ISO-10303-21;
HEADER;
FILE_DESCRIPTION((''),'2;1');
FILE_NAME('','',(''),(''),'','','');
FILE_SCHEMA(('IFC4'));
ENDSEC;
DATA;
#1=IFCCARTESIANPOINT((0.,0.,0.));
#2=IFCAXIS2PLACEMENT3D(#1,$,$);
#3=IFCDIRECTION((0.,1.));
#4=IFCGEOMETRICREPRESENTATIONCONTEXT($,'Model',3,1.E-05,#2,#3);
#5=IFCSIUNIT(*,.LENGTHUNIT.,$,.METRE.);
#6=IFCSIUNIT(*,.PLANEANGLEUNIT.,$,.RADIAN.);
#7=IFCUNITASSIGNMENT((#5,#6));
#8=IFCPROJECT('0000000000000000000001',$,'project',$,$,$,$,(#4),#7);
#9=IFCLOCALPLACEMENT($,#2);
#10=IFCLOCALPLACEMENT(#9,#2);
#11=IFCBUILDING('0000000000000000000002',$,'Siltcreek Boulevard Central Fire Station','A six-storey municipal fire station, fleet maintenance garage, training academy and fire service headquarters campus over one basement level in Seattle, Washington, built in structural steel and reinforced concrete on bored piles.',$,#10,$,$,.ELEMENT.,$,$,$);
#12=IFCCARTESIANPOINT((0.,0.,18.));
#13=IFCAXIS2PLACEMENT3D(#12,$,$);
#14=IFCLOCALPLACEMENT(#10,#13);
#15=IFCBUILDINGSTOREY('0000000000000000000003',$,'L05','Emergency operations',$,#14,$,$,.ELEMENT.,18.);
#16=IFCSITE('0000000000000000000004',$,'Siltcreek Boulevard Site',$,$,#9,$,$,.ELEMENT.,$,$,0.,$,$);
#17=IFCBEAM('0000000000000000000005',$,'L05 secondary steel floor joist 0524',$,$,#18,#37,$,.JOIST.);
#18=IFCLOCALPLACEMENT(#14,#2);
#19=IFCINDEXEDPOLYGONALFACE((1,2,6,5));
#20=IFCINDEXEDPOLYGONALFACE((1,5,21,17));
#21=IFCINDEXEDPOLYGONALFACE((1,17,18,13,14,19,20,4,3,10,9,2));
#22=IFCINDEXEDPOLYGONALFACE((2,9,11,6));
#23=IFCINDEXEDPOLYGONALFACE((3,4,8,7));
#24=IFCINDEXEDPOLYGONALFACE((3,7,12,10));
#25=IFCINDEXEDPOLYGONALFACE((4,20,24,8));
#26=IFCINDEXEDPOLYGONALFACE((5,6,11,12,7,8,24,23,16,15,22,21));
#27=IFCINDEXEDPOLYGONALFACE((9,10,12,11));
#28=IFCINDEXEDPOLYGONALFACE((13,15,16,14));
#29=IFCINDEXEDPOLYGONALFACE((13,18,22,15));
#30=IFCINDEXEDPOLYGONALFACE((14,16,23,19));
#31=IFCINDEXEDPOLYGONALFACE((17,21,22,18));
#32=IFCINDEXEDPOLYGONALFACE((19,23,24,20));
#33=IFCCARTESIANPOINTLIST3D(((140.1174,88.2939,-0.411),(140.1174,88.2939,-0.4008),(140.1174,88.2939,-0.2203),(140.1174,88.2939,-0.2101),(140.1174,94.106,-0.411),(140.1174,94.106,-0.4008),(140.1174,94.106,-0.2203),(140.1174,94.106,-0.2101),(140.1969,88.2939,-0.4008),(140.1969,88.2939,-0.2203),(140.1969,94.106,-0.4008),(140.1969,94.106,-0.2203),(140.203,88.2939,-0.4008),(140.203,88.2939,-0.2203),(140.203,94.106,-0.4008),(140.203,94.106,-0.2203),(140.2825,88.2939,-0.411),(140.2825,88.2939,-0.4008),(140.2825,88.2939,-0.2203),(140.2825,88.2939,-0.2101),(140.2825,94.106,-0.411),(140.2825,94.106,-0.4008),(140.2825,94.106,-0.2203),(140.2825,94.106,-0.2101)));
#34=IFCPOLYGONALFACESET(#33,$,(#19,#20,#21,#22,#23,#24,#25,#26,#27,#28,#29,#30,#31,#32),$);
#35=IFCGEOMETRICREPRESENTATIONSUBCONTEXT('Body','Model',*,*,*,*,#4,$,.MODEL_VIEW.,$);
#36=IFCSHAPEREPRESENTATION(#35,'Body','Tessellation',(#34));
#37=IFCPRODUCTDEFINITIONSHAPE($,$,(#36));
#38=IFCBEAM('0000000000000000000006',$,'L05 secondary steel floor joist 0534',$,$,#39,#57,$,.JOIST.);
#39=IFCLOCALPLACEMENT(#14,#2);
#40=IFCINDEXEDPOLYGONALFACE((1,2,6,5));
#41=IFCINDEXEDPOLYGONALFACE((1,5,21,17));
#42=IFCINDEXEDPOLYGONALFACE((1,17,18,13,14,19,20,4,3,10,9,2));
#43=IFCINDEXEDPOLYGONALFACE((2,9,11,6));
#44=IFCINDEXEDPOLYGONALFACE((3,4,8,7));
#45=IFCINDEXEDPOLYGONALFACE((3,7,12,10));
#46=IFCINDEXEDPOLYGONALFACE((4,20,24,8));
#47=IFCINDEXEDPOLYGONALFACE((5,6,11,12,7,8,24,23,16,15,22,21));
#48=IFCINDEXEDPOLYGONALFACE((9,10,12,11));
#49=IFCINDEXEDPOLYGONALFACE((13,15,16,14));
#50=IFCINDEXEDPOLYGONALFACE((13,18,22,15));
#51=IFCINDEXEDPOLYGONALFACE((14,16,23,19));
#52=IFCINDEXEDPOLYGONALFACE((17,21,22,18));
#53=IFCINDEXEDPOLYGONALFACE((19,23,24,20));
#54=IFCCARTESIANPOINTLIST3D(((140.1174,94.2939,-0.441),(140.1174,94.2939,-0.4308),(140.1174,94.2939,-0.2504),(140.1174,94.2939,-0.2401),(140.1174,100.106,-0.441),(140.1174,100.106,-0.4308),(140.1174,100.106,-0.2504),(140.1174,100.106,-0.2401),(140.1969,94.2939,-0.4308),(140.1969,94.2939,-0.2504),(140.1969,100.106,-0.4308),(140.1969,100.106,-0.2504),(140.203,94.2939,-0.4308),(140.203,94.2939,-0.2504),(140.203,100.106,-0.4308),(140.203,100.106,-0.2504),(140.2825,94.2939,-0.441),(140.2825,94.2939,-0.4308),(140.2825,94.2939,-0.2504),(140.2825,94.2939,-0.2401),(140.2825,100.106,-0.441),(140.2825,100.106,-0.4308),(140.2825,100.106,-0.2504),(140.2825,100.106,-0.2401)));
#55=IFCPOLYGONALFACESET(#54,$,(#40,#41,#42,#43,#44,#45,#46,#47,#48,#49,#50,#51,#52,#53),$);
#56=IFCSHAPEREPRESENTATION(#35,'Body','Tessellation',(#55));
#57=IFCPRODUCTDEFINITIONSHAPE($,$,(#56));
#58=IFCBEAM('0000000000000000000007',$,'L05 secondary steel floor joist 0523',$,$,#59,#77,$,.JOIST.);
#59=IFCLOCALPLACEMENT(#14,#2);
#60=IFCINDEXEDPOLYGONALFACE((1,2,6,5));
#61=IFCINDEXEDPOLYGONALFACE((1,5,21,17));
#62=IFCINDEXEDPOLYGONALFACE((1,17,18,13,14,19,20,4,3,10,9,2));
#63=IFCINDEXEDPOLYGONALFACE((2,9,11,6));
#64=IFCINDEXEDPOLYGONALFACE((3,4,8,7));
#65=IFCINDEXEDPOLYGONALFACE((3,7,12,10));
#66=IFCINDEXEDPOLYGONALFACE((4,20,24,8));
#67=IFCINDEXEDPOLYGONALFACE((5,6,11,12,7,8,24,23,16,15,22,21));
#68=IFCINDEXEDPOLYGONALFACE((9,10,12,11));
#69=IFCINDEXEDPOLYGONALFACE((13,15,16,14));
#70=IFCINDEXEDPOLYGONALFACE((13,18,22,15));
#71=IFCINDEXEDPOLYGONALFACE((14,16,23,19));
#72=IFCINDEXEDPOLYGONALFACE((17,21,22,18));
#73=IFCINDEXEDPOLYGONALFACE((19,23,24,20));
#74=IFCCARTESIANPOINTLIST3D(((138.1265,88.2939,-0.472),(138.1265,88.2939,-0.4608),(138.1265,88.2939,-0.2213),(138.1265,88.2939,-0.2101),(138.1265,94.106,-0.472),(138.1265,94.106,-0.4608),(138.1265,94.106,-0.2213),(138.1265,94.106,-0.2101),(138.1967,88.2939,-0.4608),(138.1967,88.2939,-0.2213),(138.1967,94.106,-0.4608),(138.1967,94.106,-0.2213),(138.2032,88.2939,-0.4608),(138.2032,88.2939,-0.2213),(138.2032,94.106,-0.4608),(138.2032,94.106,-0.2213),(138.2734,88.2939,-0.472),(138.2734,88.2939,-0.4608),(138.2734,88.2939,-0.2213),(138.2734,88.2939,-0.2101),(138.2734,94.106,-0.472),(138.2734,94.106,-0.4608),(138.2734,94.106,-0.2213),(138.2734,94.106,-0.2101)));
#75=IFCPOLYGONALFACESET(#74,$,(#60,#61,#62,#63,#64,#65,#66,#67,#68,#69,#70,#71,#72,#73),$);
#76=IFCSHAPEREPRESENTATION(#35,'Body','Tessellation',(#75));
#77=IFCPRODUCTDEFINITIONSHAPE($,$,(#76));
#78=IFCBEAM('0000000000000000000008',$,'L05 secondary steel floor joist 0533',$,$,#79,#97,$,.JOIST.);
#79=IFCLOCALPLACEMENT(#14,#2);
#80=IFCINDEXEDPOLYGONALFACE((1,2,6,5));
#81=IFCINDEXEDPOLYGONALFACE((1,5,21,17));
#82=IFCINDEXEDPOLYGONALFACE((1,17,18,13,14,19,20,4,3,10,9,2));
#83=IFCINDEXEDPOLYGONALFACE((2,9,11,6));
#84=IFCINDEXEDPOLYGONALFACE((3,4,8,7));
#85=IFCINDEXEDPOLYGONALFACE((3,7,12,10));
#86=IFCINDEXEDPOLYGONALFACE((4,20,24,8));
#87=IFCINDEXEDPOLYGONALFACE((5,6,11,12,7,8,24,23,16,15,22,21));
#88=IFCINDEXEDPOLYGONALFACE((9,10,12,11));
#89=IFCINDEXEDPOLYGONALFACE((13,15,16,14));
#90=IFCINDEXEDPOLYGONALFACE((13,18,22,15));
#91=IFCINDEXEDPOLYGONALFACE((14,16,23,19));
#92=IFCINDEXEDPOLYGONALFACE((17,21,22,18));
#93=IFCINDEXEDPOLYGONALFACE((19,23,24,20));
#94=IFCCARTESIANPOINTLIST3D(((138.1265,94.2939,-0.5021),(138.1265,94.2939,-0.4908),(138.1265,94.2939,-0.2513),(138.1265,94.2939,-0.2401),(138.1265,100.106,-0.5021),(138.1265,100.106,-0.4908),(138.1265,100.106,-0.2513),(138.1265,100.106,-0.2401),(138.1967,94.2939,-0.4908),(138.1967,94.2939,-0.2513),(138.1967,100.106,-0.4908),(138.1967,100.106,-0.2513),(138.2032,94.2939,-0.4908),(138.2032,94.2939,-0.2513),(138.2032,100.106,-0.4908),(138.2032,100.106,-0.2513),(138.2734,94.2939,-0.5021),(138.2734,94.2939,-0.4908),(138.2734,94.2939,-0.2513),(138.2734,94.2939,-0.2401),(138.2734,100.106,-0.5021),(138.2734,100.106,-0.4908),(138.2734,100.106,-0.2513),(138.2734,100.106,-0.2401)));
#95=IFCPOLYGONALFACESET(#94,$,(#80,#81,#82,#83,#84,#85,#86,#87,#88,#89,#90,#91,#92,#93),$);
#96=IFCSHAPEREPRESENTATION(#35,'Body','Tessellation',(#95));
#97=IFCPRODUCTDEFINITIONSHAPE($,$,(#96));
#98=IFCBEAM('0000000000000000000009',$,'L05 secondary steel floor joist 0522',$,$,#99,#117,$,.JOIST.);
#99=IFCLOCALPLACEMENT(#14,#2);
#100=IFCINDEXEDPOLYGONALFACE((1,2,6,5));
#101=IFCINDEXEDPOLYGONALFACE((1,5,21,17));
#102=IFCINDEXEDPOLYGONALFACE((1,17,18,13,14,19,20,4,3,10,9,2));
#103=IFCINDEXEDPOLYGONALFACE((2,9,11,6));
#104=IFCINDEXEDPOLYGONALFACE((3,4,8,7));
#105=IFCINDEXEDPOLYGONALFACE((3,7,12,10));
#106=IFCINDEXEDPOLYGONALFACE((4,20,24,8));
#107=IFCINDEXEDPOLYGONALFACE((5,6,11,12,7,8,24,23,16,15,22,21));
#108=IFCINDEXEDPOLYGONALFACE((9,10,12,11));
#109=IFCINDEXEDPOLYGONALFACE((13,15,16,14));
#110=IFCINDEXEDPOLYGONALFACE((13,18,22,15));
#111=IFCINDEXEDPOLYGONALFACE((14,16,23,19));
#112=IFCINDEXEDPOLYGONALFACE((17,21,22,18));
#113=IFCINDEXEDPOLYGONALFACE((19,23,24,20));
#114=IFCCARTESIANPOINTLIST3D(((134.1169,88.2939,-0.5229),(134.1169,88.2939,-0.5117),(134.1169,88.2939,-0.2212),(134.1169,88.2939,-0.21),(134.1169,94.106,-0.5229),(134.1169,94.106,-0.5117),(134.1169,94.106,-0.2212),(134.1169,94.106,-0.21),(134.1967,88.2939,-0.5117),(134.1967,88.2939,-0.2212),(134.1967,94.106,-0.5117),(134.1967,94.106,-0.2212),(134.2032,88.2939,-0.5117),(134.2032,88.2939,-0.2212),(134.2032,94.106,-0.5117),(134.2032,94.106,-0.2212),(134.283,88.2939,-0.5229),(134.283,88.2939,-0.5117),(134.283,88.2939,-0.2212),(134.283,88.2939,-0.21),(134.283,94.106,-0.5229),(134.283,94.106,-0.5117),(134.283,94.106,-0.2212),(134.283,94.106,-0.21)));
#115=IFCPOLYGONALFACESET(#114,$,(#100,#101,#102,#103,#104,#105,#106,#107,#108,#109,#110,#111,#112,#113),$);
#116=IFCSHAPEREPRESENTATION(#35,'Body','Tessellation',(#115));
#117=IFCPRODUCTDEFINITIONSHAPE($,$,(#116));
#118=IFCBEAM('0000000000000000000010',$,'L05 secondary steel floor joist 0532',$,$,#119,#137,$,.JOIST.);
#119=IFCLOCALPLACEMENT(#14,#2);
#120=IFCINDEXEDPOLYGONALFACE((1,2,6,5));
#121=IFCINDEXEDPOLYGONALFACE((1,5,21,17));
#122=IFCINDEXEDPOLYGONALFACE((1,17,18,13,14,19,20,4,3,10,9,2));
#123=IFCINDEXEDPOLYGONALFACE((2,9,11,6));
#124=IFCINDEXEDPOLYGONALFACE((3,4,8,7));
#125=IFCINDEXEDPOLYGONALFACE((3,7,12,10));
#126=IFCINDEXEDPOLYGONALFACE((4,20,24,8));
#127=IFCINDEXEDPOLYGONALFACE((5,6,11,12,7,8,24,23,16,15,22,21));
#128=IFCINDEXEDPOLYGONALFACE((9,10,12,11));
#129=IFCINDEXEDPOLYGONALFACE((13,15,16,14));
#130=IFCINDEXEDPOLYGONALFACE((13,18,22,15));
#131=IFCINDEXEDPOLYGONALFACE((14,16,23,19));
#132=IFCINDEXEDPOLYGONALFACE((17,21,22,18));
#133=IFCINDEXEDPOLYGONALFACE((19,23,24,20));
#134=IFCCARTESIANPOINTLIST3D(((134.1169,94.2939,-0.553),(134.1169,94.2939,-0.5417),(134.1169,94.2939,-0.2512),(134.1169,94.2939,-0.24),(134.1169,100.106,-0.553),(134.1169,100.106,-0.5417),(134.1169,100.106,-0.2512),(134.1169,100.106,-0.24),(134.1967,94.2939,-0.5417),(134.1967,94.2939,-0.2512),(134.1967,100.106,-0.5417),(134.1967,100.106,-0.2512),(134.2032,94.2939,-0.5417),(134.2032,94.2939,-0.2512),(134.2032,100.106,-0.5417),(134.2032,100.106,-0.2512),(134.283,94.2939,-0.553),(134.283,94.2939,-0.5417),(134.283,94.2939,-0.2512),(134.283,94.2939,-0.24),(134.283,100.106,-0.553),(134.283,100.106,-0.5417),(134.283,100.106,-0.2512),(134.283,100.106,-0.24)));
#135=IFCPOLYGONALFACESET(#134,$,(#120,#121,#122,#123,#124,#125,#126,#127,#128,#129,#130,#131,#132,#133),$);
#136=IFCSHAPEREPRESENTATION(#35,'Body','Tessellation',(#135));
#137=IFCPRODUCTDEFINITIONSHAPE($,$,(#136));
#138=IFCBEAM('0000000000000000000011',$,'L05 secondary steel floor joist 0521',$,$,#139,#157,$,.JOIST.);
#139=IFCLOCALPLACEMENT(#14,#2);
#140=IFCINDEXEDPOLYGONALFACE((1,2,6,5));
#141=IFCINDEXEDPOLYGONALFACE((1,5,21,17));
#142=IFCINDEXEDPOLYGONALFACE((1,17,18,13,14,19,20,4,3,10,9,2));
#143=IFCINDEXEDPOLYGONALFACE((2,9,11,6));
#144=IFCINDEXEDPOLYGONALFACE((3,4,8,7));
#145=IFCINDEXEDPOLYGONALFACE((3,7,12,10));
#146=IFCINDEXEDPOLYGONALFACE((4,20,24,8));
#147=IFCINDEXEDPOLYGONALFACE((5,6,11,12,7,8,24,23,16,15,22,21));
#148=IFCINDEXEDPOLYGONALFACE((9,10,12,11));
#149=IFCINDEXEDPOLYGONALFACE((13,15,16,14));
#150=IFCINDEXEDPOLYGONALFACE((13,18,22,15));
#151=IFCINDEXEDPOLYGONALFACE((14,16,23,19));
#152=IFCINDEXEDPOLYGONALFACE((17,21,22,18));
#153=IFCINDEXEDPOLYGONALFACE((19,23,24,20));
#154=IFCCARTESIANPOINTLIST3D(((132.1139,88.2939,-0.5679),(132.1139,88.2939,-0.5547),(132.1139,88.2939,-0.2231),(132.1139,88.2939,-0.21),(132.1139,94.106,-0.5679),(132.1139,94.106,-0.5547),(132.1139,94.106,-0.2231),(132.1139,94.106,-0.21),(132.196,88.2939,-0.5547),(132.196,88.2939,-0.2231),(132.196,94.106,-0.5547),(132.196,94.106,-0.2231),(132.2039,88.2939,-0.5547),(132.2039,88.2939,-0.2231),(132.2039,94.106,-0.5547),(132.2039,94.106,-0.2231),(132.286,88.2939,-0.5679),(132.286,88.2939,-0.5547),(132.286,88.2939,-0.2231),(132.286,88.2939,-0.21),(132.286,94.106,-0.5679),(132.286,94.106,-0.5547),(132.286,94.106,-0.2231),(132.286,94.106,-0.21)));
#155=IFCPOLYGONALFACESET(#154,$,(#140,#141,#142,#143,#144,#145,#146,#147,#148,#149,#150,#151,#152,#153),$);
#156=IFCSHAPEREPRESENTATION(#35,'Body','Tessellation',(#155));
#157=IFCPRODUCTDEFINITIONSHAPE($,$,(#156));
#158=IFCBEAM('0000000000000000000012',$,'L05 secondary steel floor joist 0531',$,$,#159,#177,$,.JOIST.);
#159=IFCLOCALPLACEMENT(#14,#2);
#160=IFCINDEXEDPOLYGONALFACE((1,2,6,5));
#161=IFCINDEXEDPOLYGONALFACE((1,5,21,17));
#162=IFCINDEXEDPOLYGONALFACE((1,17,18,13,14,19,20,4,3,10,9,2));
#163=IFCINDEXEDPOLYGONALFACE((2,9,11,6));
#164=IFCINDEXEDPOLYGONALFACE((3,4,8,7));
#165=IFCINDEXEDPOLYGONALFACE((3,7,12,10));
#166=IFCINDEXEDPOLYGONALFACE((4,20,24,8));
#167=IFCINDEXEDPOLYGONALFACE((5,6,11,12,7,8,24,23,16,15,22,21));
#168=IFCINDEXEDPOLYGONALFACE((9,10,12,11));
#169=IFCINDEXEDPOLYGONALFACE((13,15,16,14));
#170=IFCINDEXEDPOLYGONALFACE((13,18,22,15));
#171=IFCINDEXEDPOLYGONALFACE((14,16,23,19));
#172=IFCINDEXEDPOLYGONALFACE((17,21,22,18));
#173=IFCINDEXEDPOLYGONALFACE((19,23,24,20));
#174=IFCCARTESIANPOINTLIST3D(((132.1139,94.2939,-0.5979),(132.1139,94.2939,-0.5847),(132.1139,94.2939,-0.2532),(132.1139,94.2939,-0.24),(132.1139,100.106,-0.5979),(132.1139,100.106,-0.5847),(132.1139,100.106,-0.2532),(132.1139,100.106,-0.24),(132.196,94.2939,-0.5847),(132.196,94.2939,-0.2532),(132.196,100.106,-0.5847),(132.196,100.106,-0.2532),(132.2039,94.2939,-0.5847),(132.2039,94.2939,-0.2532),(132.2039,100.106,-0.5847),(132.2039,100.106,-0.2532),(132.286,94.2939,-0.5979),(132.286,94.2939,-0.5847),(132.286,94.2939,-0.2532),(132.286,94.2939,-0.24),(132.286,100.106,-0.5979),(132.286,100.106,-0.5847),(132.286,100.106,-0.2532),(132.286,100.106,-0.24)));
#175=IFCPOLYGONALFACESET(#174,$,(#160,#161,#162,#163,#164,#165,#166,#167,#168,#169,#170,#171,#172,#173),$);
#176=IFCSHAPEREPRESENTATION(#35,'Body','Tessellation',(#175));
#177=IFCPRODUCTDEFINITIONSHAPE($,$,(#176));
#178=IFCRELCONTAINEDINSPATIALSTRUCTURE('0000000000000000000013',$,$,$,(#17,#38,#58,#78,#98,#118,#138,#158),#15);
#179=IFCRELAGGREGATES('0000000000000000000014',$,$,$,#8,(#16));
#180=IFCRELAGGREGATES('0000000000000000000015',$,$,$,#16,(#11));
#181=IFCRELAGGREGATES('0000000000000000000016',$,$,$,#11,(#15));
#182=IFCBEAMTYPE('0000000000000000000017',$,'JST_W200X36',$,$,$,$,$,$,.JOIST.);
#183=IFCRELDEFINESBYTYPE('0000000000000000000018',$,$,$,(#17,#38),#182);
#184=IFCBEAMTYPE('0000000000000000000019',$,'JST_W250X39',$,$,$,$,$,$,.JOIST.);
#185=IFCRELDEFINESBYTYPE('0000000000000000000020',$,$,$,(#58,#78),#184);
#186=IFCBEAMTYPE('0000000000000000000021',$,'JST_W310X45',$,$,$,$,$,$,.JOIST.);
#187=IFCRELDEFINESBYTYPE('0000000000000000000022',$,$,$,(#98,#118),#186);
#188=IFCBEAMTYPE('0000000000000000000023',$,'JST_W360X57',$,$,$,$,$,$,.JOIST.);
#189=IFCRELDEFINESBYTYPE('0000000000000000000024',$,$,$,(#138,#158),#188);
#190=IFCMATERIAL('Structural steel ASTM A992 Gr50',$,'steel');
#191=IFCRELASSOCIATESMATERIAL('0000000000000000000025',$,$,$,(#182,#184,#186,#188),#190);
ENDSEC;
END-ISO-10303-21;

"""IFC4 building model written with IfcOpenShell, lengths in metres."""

from ifc_helpers import new_model, si_unit, direction, frame, origin, origin_2d, place, context, subcontext, project, spatial, i_section, extrude, material, material_profile, profile_set, type_object, element, save


model = new_model("IFC4")

# Units and contexts
model_context = context("Model", 3, precision=1e-05, world=origin(), true_north=direction((0.0, 1.0)))
body_context = subcontext(model_context, "Body", "Model", "MODEL_VIEW")
ifc_project = project(units=[si_unit("LENGTHUNIT", "METRE"), si_unit("PLANEANGLEUNIT", "RADIAN")], contexts=[model_context])

# Site, building, storey
site_placement = place(None, origin())
site = spatial("IfcSite", under=ifc_project, at=site_placement, Name="Siltcreek Boulevard Site", CompositionType="ELEMENT", RefElevation=0.0)
building_placement = place(site_placement, origin())
building = spatial("IfcBuilding", under=site, at=building_placement, Name="Siltcreek Boulevard Central Fire Station", Description="A six-storey municipal fire station, fleet maintenance garage, training academy and fire service headquarters campus over one basement level in Seattle, Washington, built in structural steel and reinforced concrete on bored piles.", CompositionType="ELEMENT")
storey_placement = place(building_placement, frame((0.0, 0.0, 18.0)))
storey = spatial("IfcBuildingStorey", under=building, at=storey_placement, Name="L05", Description="Emergency operations", CompositionType="ELEMENT", Elevation=18.0)

# Shared definitions
ifc_material_1 = material(Name="Structural steel ASTM A992 Gr50", Category="steel")

# Beams
ifc_material_profile_1 = material_profile(ifc_material_1, i_section(OverallWidth=0.165, OverallDepth=0.2009, WebThickness=0.0061, FlangeThickness=0.0103, at=origin_2d()), Name="W200X36")
ifc_profile_set_1 = profile_set([ifc_material_profile_1], Name="Structural steel ASTM A992 Gr50")
beam_type_1 = type_object("IfcBeamType", Name="JST_W200X36", PredefinedType="JOIST", material=ifc_profile_set_1)
for number, where, z_axis, x_axis, name in (
    (1, (140.2, 88.2939, -0.3105), (0.0, 1.0, 0.0), (-1.0, 0.0, 0.0), "L05 secondary steel floor joist 0524"),
    (2, (140.2, 94.2939, -0.3406), (0.0, 1.0, 0.0), (-1.0, 0.0, 0.0), "L05 secondary steel floor joist 0534"),
):
    element("IfcBeam", number, at=place(storey_placement, frame(where, z_axis=z_axis, x_axis=x_axis)), inside=storey, type_object=beam_type_1, Name=name, PredefinedType="JOIST", context=body_context, shape_type="SweptSolid", body=[
        extrude(i_section(OverallWidth=0.165, OverallDepth=0.2009, WebThickness=0.0061, FlangeThickness=0.0103, at=origin_2d()), origin(), (0.0, 0.0, 1.0), 5.812),
    ])
ifc_material_profile_2 = material_profile(ifc_material_1, i_section(OverallWidth=0.147, OverallDepth=0.262, WebThickness=0.0066, FlangeThickness=0.0112, at=origin_2d()), Name="W250X39")
ifc_profile_set_2 = profile_set([ifc_material_profile_2], Name="Structural steel ASTM A992 Gr50")
beam_type_2 = type_object("IfcBeamType", Name="JST_W250X39", PredefinedType="JOIST", material=ifc_profile_set_2)
for number, where, z_axis, x_axis, name in (
    (3, (138.2, 88.2939, -0.3411), (0.0, 1.0, 0.0), (-1.0, 0.0, 0.0), "L05 secondary steel floor joist 0523"),
    (4, (138.2, 94.2939, -0.3711), (0.0, 1.0, 0.0), (-1.0, 0.0, 0.0), "L05 secondary steel floor joist 0533"),
):
    element("IfcBeam", number, at=place(storey_placement, frame(where, z_axis=z_axis, x_axis=x_axis)), inside=storey, type_object=beam_type_2, Name=name, PredefinedType="JOIST", context=body_context, shape_type="SweptSolid", body=[
        extrude(i_section(OverallWidth=0.147, OverallDepth=0.262, WebThickness=0.0066, FlangeThickness=0.0112, at=origin_2d()), origin(), (0.0, 0.0, 1.0), 5.812),
    ])
ifc_material_profile_3 = material_profile(ifc_material_1, i_section(OverallWidth=0.166, OverallDepth=0.313, WebThickness=0.0066, FlangeThickness=0.0112, at=origin_2d()), Name="W310X45")
ifc_profile_set_3 = profile_set([ifc_material_profile_3], Name="Structural steel ASTM A992 Gr50")
beam_type_3 = type_object("IfcBeamType", Name="JST_W310X45", PredefinedType="JOIST", material=ifc_profile_set_3)
for number, where, z_axis, x_axis, name in (
    (5, (134.2, 88.2939, -0.3665), (0.0, 1.0, 0.0), (-1.0, 0.0, 0.0), "L05 secondary steel floor joist 0522"),
    (6, (134.2, 94.2939, -0.3965), (0.0, 1.0, 0.0), (-1.0, 0.0, 0.0), "L05 secondary steel floor joist 0532"),
):
    element("IfcBeam", number, at=place(storey_placement, frame(where, z_axis=z_axis, x_axis=x_axis)), inside=storey, type_object=beam_type_3, Name=name, PredefinedType="JOIST", context=body_context, shape_type="SweptSolid", body=[
        extrude(i_section(OverallWidth=0.166, OverallDepth=0.313, WebThickness=0.0066, FlangeThickness=0.0112, at=origin_2d()), origin(), (0.0, 0.0, 1.0), 5.812),
    ])
ifc_material_profile_4 = material_profile(ifc_material_1, i_section(OverallWidth=0.1721, OverallDepth=0.3579, WebThickness=0.0078, FlangeThickness=0.0132, at=origin_2d()), Name="W360X57")
ifc_profile_set_4 = profile_set([ifc_material_profile_4], Name="Structural steel ASTM A992 Gr50")
beam_type_4 = type_object("IfcBeamType", Name="JST_W360X57", PredefinedType="JOIST", material=ifc_profile_set_4)
for number, where, z_axis, x_axis, name in (
    (7, (132.2, 88.2939, -0.3889), (0.0, 1.0, 0.0), (-1.0, 0.0, 0.0), "L05 secondary steel floor joist 0521"),
    (8, (132.2, 94.2939, -0.4189), (0.0, 1.0, 0.0), (-1.0, 0.0, 0.0), "L05 secondary steel floor joist 0531"),
):
    element("IfcBeam", number, at=place(storey_placement, frame(where, z_axis=z_axis, x_axis=x_axis)), inside=storey, type_object=beam_type_4, Name=name, PredefinedType="JOIST", context=body_context, shape_type="SweptSolid", body=[
        extrude(i_section(OverallWidth=0.1721, OverallDepth=0.3579, WebThickness=0.0078, FlangeThickness=0.0132, at=origin_2d()), origin(), (0.0, 0.0, 1.0), 5.812),
    ])

save(model, "model.ifc")
